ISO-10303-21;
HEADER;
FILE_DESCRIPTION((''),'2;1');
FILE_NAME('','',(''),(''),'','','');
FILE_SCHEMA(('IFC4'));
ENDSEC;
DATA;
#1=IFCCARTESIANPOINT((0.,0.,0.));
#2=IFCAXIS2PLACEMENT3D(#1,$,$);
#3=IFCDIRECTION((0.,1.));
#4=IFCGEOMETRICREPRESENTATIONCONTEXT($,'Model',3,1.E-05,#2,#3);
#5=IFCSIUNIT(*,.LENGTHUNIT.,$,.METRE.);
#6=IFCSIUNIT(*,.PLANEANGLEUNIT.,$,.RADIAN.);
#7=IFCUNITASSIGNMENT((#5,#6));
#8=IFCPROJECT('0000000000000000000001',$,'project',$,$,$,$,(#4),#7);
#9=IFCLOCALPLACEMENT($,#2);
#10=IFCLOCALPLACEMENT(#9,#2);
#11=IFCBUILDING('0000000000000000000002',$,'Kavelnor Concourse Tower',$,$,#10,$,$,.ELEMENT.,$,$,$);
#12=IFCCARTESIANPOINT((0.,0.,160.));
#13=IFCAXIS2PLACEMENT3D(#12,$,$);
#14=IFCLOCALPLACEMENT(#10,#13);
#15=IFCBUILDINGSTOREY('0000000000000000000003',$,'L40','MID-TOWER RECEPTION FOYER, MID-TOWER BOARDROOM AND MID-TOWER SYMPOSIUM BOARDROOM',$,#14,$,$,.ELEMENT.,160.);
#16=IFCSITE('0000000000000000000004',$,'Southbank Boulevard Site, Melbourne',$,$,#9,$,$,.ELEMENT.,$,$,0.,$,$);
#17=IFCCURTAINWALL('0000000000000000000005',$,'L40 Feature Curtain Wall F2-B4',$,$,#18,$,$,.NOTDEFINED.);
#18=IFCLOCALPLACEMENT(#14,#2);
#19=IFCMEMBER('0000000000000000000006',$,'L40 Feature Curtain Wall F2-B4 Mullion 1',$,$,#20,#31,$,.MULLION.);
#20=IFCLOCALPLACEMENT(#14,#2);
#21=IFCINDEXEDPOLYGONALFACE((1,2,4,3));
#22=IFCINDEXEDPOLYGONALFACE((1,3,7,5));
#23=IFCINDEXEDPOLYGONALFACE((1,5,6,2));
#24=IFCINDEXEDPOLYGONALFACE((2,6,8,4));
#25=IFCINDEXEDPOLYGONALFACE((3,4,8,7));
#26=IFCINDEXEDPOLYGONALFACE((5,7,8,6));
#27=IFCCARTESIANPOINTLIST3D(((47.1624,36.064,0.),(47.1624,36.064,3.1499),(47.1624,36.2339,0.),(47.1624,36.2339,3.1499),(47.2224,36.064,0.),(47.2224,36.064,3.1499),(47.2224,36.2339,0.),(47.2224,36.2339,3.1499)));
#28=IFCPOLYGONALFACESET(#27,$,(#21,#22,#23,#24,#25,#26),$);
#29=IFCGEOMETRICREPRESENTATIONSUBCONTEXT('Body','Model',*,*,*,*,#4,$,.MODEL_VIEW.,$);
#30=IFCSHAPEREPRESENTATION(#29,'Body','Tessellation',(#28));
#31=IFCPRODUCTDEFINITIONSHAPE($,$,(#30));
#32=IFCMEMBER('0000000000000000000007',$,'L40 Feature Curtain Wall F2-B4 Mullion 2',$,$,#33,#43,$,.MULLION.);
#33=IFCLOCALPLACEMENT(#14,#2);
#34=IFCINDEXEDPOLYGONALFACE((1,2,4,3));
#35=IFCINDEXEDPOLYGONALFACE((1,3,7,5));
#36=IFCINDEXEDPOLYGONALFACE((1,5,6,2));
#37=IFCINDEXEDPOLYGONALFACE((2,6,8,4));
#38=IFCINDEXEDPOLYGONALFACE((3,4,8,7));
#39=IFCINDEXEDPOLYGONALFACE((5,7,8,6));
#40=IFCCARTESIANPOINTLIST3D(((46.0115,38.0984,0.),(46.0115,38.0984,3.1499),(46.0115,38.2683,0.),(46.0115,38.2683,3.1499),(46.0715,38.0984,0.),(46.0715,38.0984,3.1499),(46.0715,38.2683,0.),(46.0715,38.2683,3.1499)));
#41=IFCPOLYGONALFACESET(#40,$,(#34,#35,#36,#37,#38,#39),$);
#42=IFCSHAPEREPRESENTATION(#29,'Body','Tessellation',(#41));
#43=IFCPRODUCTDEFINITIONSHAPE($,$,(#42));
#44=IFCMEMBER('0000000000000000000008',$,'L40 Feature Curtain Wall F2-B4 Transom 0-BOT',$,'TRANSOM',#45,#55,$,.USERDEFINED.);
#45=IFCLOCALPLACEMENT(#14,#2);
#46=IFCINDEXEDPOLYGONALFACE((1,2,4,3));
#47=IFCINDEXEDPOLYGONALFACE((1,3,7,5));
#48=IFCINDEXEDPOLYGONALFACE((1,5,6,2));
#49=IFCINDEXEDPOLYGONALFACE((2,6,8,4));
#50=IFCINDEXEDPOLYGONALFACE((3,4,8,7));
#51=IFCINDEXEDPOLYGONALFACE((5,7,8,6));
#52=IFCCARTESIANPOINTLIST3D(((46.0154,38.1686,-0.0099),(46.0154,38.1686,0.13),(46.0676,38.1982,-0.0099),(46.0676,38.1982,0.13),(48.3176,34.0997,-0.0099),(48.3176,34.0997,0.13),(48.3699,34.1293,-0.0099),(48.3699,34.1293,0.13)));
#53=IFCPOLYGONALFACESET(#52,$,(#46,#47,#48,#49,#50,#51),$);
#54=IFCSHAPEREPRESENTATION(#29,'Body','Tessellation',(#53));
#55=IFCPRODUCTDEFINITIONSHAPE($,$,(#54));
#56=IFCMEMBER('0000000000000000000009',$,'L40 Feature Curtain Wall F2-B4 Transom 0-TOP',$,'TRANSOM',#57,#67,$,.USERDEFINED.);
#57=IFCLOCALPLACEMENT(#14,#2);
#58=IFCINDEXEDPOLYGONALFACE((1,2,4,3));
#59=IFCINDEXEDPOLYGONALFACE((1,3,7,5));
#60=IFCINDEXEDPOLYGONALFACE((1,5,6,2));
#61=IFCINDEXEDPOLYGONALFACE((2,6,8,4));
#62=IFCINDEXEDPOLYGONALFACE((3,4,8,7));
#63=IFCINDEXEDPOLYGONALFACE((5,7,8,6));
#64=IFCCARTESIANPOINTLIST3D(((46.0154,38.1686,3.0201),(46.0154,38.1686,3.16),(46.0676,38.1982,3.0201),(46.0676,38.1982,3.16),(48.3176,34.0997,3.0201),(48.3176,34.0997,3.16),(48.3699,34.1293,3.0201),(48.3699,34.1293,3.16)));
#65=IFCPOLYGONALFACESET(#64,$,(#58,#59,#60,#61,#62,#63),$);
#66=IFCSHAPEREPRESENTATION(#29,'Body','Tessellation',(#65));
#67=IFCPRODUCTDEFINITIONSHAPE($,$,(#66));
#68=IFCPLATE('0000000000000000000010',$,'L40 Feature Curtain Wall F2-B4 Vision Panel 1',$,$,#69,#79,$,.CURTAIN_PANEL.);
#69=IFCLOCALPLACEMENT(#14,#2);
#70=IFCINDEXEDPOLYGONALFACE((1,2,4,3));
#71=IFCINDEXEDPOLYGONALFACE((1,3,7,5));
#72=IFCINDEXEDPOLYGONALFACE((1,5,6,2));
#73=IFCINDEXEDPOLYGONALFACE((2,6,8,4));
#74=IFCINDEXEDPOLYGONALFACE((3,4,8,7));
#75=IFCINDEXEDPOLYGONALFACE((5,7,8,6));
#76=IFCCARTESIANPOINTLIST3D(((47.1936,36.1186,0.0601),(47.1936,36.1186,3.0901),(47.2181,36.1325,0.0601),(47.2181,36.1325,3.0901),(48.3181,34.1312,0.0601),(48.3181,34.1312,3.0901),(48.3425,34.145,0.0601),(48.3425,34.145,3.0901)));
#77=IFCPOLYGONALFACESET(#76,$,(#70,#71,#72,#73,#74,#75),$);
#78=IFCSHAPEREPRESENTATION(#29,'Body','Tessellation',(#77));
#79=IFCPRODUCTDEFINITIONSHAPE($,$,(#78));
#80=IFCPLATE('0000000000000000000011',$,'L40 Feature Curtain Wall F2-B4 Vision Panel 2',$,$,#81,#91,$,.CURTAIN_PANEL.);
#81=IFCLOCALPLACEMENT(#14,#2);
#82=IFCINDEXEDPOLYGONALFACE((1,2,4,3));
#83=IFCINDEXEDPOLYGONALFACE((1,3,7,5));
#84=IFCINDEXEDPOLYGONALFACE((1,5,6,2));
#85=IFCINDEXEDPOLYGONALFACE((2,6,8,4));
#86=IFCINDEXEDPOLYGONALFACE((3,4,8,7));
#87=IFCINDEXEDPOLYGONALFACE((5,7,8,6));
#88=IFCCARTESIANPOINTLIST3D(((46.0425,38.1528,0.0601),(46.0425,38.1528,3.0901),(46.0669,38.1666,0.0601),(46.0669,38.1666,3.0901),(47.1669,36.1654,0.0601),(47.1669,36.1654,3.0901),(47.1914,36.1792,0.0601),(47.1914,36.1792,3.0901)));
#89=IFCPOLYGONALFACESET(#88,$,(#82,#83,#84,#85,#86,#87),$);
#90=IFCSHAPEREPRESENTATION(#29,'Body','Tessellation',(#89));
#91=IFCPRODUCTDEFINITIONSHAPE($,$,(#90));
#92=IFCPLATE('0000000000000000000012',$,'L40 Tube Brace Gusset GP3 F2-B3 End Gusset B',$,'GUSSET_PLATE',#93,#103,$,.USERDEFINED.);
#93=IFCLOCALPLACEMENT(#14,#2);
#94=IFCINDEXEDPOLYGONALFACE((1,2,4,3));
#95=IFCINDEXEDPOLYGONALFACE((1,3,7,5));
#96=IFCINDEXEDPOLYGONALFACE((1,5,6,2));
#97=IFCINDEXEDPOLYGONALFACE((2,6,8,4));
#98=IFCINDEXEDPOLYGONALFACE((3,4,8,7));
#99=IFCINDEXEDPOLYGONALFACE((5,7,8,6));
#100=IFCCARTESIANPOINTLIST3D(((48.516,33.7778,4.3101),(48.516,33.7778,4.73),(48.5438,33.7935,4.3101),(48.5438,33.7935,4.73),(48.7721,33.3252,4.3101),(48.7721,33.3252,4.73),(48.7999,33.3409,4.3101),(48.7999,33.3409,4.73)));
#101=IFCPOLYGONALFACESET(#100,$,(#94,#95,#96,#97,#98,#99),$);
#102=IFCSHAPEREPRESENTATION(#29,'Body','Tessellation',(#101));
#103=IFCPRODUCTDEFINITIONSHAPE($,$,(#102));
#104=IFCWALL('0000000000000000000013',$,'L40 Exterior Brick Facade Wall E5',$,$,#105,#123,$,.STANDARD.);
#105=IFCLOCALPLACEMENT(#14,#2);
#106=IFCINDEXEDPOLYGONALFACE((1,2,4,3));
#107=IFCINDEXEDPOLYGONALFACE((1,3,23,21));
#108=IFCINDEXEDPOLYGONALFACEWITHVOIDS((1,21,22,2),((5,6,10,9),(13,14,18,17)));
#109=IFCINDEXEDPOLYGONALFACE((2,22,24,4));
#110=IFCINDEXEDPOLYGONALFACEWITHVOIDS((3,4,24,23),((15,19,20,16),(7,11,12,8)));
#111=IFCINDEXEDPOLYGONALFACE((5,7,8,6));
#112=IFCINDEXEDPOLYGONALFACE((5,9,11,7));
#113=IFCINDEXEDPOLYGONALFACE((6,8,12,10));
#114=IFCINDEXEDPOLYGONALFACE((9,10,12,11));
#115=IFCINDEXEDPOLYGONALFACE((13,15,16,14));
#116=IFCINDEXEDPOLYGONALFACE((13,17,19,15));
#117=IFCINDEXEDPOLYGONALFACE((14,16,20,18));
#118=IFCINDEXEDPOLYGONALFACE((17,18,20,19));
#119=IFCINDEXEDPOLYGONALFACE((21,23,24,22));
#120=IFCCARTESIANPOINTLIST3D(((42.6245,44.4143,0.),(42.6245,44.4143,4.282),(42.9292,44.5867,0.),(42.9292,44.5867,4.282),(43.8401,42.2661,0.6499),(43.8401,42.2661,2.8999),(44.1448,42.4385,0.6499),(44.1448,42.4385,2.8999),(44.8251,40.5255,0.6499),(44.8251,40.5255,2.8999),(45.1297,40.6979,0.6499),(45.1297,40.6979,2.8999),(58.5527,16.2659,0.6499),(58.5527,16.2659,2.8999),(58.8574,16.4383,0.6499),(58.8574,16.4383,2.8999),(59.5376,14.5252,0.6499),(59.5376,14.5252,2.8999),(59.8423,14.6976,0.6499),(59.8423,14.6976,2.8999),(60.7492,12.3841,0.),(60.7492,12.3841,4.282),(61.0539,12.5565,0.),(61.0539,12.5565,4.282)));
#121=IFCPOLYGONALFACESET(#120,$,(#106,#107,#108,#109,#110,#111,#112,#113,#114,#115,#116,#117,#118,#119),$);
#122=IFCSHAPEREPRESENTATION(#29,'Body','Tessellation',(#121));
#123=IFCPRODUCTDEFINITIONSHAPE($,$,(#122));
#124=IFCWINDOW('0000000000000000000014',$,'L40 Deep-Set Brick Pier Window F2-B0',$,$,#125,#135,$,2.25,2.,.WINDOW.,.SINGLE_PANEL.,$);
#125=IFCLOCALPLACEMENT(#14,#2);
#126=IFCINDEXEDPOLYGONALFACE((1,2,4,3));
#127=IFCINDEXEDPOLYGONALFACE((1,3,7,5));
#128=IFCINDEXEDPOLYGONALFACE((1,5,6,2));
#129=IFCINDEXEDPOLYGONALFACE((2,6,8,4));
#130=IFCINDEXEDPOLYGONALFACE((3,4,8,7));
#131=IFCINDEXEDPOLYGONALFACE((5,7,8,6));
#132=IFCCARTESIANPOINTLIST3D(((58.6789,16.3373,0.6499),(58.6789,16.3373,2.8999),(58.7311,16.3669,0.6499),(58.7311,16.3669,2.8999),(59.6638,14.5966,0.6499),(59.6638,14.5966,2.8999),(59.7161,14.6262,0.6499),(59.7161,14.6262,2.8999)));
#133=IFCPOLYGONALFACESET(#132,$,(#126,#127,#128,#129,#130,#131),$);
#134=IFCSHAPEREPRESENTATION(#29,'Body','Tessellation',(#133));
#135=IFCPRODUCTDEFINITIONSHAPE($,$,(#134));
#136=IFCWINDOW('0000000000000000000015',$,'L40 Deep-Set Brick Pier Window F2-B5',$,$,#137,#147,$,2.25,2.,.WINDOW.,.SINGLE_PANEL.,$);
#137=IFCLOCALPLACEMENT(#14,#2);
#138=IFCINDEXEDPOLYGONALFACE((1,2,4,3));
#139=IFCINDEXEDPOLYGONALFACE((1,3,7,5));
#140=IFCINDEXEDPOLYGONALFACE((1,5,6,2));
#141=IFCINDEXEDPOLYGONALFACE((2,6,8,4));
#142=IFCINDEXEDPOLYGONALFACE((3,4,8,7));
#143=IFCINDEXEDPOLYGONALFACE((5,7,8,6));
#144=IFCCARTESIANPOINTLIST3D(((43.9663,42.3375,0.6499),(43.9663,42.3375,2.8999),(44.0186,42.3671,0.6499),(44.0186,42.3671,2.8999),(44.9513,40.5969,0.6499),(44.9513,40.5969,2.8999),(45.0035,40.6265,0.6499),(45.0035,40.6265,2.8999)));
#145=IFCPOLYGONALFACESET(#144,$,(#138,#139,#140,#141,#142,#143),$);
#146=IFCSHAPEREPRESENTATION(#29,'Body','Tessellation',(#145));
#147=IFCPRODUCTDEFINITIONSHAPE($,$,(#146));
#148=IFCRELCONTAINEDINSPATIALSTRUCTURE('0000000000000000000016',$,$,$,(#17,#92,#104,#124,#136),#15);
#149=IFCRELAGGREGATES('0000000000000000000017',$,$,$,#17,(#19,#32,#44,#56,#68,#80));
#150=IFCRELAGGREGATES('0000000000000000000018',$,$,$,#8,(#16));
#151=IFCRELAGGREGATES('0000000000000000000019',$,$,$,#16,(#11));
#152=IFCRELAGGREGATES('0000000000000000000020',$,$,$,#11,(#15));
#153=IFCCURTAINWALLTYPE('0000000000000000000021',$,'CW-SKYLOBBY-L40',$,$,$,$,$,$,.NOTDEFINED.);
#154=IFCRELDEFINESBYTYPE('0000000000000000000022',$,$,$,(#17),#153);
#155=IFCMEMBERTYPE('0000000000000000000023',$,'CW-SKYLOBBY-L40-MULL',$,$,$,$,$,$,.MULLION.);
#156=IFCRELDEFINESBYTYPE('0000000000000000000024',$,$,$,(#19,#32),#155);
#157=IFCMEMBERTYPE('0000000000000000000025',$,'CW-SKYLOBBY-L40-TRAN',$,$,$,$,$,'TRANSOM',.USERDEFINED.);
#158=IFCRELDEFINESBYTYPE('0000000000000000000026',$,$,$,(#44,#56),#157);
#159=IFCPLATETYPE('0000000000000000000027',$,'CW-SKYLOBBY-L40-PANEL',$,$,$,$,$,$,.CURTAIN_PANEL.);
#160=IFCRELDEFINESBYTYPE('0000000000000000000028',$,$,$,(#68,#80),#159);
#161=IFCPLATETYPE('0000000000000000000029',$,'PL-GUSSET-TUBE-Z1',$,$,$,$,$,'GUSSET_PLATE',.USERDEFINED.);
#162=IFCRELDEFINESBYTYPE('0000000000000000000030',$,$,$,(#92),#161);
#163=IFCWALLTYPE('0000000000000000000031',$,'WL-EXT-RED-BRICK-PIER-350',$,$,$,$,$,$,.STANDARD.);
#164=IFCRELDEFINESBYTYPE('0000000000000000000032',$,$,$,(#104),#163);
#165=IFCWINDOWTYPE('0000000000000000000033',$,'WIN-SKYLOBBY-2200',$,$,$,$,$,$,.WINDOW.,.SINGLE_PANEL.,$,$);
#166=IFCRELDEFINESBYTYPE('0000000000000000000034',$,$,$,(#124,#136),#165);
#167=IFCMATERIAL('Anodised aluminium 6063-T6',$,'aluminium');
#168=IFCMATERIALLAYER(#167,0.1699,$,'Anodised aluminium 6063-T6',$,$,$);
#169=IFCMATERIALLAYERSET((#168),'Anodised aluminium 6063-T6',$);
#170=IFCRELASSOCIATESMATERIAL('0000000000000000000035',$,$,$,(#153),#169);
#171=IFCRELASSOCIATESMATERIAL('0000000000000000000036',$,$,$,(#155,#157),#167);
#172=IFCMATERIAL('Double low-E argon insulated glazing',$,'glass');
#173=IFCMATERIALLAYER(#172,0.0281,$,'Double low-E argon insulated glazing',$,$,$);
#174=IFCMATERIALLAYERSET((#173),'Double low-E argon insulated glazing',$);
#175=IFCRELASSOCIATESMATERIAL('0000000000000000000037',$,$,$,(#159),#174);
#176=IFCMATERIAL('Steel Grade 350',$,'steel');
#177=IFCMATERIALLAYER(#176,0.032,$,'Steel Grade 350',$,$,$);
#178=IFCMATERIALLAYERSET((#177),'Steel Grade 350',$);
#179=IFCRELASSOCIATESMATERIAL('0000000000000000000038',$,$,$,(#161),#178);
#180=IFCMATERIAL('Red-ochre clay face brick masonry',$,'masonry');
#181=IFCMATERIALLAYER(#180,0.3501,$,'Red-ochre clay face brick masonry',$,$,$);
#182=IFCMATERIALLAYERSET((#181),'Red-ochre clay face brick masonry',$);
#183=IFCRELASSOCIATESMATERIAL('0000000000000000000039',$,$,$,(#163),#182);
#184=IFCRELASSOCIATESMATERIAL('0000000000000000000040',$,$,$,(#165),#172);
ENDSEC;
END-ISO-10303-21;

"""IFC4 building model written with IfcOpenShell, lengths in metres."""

from ifc_helpers import new_model, si_unit, direction, frame, frame_2d, origin, origin_2d, place, context, subcontext, project, spatial, rectangle, extrude, material, layer, layer_set, material_profile, profile_set, type_object, element, fill, aggregate, save


model = new_model("IFC4")

# Units and contexts
model_context = context("Model", 3, precision=1e-05, world=origin(), true_north=direction((0.0, 1.0)))
body_context = subcontext(model_context, "Body", "Model", "MODEL_VIEW")
ifc_project = project(units=[si_unit("LENGTHUNIT", "METRE"), si_unit("PLANEANGLEUNIT", "RADIAN")], contexts=[model_context])

# Site, building, storey
site_placement = place(None, origin())
site = spatial("IfcSite", under=ifc_project, at=site_placement, Name="Southbank Boulevard Site, Melbourne", CompositionType="ELEMENT", RefElevation=0.0)
building_placement = place(site_placement, origin())
building = spatial("IfcBuilding", under=site, at=building_placement, Name="Kavelnor Concourse Tower", CompositionType="ELEMENT")
storey_placement = place(building_placement, frame((0.0, 0.0, 160.0)))
storey = spatial("IfcBuildingStorey", under=building, at=storey_placement, Name="L40", Description="MID-TOWER RECEPTION FOYER, MID-TOWER BOARDROOM AND MID-TOWER SYMPOSIUM BOARDROOM", CompositionType="ELEMENT", Elevation=160.0)

# Shared definitions
ifc_material_1 = material(Name="Steel Grade 350", Category="steel")

# Curtain wall, members, plates
ifc_material_2 = material(Name="Anodised aluminium 6063-T6", Category="aluminium")
ifc_layer_1 = layer(ifc_material_2, 0.1699, Name="Anodised aluminium 6063-T6")
ifc_layer_set_1 = layer_set([ifc_layer_1], Name="Anodised aluminium 6063-T6")
curtain_wall_type = type_object("IfcCurtainWallType", Name="CW-SKYLOBBY-L40", PredefinedType="NOTDEFINED", material=ifc_layer_set_1)
curtain_wall_placement = place(storey_placement, origin())
curtain_wall = element("IfcCurtainWall", 1, at=curtain_wall_placement, inside=storey, type_object=curtain_wall_type, Name="L40 Feature Curtain Wall F2-B4", PredefinedType="NOTDEFINED")
ifc_material_profile_1 = material_profile(ifc_material_2, rectangle(XDim=0.0601, YDim=0.1699, at=origin_2d()), Name="AL-MULL 60x170")
ifc_profile_set_1 = profile_set([ifc_material_profile_1], Name="Anodised aluminium 6063-T6")
member_type_1 = type_object("IfcMemberType", Name="CW-SKYLOBBY-L40-MULL", PredefinedType="MULLION", material=ifc_profile_set_1)
member_1_placement = place(storey_placement, frame((47.1924, 36.1489, 0.0), z_axis=(0.0, 0.0, 1.0), x_axis=(1.0, 0.0, 0.0)))
member_1 = element("IfcMember", 2, at=member_1_placement, type_object=member_type_1, Name="L40 Feature Curtain Wall F2-B4 Mullion 1", PredefinedType="MULLION", context=body_context, shape_type="SweptSolid", body=[
    extrude(rectangle(XDim=0.0601, YDim=0.1699, at=origin_2d()), origin(), (0.0, 0.0, 1.0), 3.1499),
])
member_2_placement = place(storey_placement, frame((46.0415, 38.1833, 0.0), z_axis=(0.0, 0.0, 1.0), x_axis=(1.0, 0.0, 0.0)))
member_2 = element("IfcMember", 3, at=member_2_placement, type_object=member_type_1, Name="L40 Feature Curtain Wall F2-B4 Mullion 2", PredefinedType="MULLION", context=body_context, shape_type="SweptSolid", body=[
    extrude(rectangle(XDim=0.0601, YDim=0.1699, at=origin_2d()), origin(), (0.0, 0.0, 1.0), 3.1499),
])
ifc_material_profile_2 = material_profile(ifc_material_2, rectangle(XDim=0.0601, YDim=0.1399, at=origin_2d()), Name="AL-TRAN 60x140")
ifc_profile_set_2 = profile_set([ifc_material_profile_2], Name="Anodised aluminium 6063-T6")
member_type_2 = type_object("IfcMemberType", Name="CW-SKYLOBBY-L40-TRAN", ElementType="TRANSOM", PredefinedType="USERDEFINED", material=ifc_profile_set_2)
member_3_placement = place(storey_placement, frame((48.3438, 34.1145, 0.0601), z_axis=(-0.492456, 0.870337, 0.0), x_axis=(-0.870337, -0.492456, 0.0)))
member_3 = element("IfcMember", 4, at=member_3_placement, type_object=member_type_2, Name="L40 Feature Curtain Wall F2-B4 Transom 0-BOT", ObjectType="TRANSOM", PredefinedType="USERDEFINED", context=body_context, shape_type="SweptSolid", body=[
    extrude(rectangle(XDim=0.0601, YDim=0.1399, at=origin_2d()), origin(), (0.0, 0.0, 1.0), 4.675),
])
member_4_placement = place(storey_placement, frame((48.3438, 34.1145, 3.0901), z_axis=(-0.492456, 0.870337, 0.0), x_axis=(-0.870337, -0.492456, 0.0)))
member_4 = element("IfcMember", 5, at=member_4_placement, type_object=member_type_2, Name="L40 Feature Curtain Wall F2-B4 Transom 0-TOP", ObjectType="TRANSOM", PredefinedType="USERDEFINED", context=body_context, shape_type="SweptSolid", body=[
    extrude(rectangle(XDim=0.0601, YDim=0.1399, at=origin_2d()), origin(), (0.0, 0.0, 1.0), 4.675),
])
ifc_material_3 = material(Name="Double low-E argon insulated glazing", Category="glass")
ifc_layer_2 = layer(ifc_material_3, 0.0281, Name="Double low-E argon insulated glazing")
ifc_layer_set_2 = layer_set([ifc_layer_2], Name="Double low-E argon insulated glazing")
plate_type_1 = type_object("IfcPlateType", Name="CW-SKYLOBBY-L40-PANEL", PredefinedType="CURTAIN_PANEL", material=ifc_layer_set_2)
plate_1_placement = place(storey_placement, frame((47.7681, 35.1318, 0.0601), z_axis=(0.0, 0.0, 1.0), x_axis=(-0.492424, 0.870356, 0.0)))
plate_1 = element("IfcPlate", 6, at=plate_1_placement, type_object=plate_type_1, Name="L40 Feature Curtain Wall F2-B4 Vision Panel 1", PredefinedType="CURTAIN_PANEL", context=body_context, shape_type="SweptSolid", body=[
    extrude(rectangle(XDim=2.2834, YDim=0.0281, at=origin_2d()), origin(), (0.0, 0.0, 1.0), 3.03),
])
plate_2_placement = place(storey_placement, frame((46.6169, 37.166, 0.0601), z_axis=(0.0, 0.0, 1.0), x_axis=(-0.492424, 0.870356, 0.0)))
plate_2 = element("IfcPlate", 7, at=plate_2_placement, type_object=plate_type_1, Name="L40 Feature Curtain Wall F2-B4 Vision Panel 2", PredefinedType="CURTAIN_PANEL", context=body_context, shape_type="SweptSolid", body=[
    extrude(rectangle(XDim=2.2834, YDim=0.0281, at=origin_2d()), origin(), (0.0, 0.0, 1.0), 3.03),
])
aggregate(curtain_wall, [member_1, member_2, member_3, member_4, plate_1, plate_2])

# Plate
ifc_layer_3 = layer(ifc_material_1, 0.032, Name="Steel Grade 350")
ifc_layer_set_3 = layer_set([ifc_layer_3], Name="Steel Grade 350")
plate_type_2 = type_object("IfcPlateType", Name="PL-GUSSET-TUBE-Z1", ElementType="GUSSET_PLATE", PredefinedType="USERDEFINED", material=ifc_layer_set_3)
plate_3_placement = place(storey_placement, frame((48.658, 33.5593, 4.3101), z_axis=(0.0, 0.0, 1.0), x_axis=(-0.492424, 0.870356, 0.0)))
element("IfcPlate", 8, at=plate_3_placement, inside=storey, type_object=plate_type_2, Name="L40 Tube Brace Gusset GP3 F2-B3 End Gusset B", ObjectType="GUSSET_PLATE", PredefinedType="USERDEFINED", context=body_context, shape_type="SweptSolid", body=[
    extrude(rectangle(XDim=0.52, YDim=0.032, at=origin_2d()), origin(), (0.0, 0.0, 1.0), 0.4199),
])

# Wall, openings, windows
ifc_material_4 = material(Name="Red-ochre clay face brick masonry", Category="masonry")
ifc_layer_4 = layer(ifc_material_4, 0.3501, Name="Red-ochre clay face brick masonry")
ifc_layer_set_4 = layer_set([ifc_layer_4], Name="Red-ochre clay face brick masonry")
wall_type = type_object("IfcWallType", Name="WL-EXT-RED-BRICK-PIER-350", PredefinedType="STANDARD", material=ifc_layer_set_4)
wall_placement = place(storey_placement, frame((42.7769, 44.5005, 0.0), z_axis=(0.0, 0.0, 1.0), x_axis=(0.492483, -0.870322, 0.0)))
wall = element("IfcWall", 9, at=wall_placement, inside=storey, type_object=wall_type, Name="L40 Exterior Brick Facade Wall E5", PredefinedType="STANDARD", context=body_context, shape_type="SweptSolid", body=[
    extrude(rectangle(XDim=36.8027, YDim=0.3501, at=frame_2d((18.4014, 0.0))), origin(), (0.0, 0.0, 1.0), 4.282),
])
opening_1_placement = place(wall_placement, frame((32.3425, 0.0, 0.6499)))
opening_1 = element("IfcOpeningElement", 10, at=opening_1_placement, cuts=wall, PredefinedType="OPENING", context=body_context, shape_type="SweptSolid", body=[
    extrude(rectangle(XDim=2.0, YDim=2.25, at=frame_2d((1.0, 1.125))), frame((0.0, 0.1851, 0.0), z_axis=(0.0, -1.0, 0.0), x_axis=(1.0, 0.0, 0.0)), (0.0, 0.0, 1.0), 0.3701),
])
opening_2_placement = place(wall_placement, frame((2.4683, 0.0, 0.6499)))
opening_2 = element("IfcOpeningElement", 11, at=opening_2_placement, cuts=wall, PredefinedType="OPENING", context=body_context, shape_type="SweptSolid", body=[
    extrude(rectangle(XDim=2.0, YDim=2.25, at=frame_2d((1.0, 1.125))), frame((0.0, 0.1851, 0.0), z_axis=(0.0, -1.0, 0.0), x_axis=(1.0, 0.0, 0.0)), (0.0, 0.0, 1.0), 0.3701),
])
window_type = type_object("IfcWindowType", Name="WIN-SKYLOBBY-2200", PartitioningType="SINGLE_PANEL", PredefinedType="WINDOW", material=ifc_material_3)
window_1_placement = place(opening_1_placement, origin())
window_1 = element("IfcWindow", 12, at=window_1_placement, inside=storey, type_object=window_type, Name="L40 Deep-Set Brick Pier Window F2-B0", OverallHeight=2.25, OverallWidth=2.0, PartitioningType="SINGLE_PANEL", PredefinedType="WINDOW", context=body_context, shape_type="SweptSolid", body=[
    extrude(rectangle(XDim=2.0, YDim=2.25, at=frame_2d((1.0, 1.125))), frame((0.0, 0.03, 0.0), z_axis=(0.0, -1.0, 0.0), x_axis=(1.0, 0.0, 0.0)), (0.0, 0.0, 1.0), 0.0601),
])
fill(opening_1, window_1)
window_2_placement = place(opening_2_placement, origin())
window_2 = element("IfcWindow", 13, at=window_2_placement, inside=storey, type_object=window_type, Name="L40 Deep-Set Brick Pier Window F2-B5", OverallHeight=2.25, OverallWidth=2.0, PartitioningType="SINGLE_PANEL", PredefinedType="WINDOW", context=body_context, shape_type="SweptSolid", body=[
    extrude(rectangle(XDim=2.0, YDim=2.25, at=frame_2d((1.0, 1.125))), frame((0.0, 0.03, 0.0), z_axis=(0.0, -1.0, 0.0), x_axis=(1.0, 0.0, 0.0)), (0.0, 0.0, 1.0), 0.0601),
])
fill(opening_2, window_2)

save(model, "model.ifc")
